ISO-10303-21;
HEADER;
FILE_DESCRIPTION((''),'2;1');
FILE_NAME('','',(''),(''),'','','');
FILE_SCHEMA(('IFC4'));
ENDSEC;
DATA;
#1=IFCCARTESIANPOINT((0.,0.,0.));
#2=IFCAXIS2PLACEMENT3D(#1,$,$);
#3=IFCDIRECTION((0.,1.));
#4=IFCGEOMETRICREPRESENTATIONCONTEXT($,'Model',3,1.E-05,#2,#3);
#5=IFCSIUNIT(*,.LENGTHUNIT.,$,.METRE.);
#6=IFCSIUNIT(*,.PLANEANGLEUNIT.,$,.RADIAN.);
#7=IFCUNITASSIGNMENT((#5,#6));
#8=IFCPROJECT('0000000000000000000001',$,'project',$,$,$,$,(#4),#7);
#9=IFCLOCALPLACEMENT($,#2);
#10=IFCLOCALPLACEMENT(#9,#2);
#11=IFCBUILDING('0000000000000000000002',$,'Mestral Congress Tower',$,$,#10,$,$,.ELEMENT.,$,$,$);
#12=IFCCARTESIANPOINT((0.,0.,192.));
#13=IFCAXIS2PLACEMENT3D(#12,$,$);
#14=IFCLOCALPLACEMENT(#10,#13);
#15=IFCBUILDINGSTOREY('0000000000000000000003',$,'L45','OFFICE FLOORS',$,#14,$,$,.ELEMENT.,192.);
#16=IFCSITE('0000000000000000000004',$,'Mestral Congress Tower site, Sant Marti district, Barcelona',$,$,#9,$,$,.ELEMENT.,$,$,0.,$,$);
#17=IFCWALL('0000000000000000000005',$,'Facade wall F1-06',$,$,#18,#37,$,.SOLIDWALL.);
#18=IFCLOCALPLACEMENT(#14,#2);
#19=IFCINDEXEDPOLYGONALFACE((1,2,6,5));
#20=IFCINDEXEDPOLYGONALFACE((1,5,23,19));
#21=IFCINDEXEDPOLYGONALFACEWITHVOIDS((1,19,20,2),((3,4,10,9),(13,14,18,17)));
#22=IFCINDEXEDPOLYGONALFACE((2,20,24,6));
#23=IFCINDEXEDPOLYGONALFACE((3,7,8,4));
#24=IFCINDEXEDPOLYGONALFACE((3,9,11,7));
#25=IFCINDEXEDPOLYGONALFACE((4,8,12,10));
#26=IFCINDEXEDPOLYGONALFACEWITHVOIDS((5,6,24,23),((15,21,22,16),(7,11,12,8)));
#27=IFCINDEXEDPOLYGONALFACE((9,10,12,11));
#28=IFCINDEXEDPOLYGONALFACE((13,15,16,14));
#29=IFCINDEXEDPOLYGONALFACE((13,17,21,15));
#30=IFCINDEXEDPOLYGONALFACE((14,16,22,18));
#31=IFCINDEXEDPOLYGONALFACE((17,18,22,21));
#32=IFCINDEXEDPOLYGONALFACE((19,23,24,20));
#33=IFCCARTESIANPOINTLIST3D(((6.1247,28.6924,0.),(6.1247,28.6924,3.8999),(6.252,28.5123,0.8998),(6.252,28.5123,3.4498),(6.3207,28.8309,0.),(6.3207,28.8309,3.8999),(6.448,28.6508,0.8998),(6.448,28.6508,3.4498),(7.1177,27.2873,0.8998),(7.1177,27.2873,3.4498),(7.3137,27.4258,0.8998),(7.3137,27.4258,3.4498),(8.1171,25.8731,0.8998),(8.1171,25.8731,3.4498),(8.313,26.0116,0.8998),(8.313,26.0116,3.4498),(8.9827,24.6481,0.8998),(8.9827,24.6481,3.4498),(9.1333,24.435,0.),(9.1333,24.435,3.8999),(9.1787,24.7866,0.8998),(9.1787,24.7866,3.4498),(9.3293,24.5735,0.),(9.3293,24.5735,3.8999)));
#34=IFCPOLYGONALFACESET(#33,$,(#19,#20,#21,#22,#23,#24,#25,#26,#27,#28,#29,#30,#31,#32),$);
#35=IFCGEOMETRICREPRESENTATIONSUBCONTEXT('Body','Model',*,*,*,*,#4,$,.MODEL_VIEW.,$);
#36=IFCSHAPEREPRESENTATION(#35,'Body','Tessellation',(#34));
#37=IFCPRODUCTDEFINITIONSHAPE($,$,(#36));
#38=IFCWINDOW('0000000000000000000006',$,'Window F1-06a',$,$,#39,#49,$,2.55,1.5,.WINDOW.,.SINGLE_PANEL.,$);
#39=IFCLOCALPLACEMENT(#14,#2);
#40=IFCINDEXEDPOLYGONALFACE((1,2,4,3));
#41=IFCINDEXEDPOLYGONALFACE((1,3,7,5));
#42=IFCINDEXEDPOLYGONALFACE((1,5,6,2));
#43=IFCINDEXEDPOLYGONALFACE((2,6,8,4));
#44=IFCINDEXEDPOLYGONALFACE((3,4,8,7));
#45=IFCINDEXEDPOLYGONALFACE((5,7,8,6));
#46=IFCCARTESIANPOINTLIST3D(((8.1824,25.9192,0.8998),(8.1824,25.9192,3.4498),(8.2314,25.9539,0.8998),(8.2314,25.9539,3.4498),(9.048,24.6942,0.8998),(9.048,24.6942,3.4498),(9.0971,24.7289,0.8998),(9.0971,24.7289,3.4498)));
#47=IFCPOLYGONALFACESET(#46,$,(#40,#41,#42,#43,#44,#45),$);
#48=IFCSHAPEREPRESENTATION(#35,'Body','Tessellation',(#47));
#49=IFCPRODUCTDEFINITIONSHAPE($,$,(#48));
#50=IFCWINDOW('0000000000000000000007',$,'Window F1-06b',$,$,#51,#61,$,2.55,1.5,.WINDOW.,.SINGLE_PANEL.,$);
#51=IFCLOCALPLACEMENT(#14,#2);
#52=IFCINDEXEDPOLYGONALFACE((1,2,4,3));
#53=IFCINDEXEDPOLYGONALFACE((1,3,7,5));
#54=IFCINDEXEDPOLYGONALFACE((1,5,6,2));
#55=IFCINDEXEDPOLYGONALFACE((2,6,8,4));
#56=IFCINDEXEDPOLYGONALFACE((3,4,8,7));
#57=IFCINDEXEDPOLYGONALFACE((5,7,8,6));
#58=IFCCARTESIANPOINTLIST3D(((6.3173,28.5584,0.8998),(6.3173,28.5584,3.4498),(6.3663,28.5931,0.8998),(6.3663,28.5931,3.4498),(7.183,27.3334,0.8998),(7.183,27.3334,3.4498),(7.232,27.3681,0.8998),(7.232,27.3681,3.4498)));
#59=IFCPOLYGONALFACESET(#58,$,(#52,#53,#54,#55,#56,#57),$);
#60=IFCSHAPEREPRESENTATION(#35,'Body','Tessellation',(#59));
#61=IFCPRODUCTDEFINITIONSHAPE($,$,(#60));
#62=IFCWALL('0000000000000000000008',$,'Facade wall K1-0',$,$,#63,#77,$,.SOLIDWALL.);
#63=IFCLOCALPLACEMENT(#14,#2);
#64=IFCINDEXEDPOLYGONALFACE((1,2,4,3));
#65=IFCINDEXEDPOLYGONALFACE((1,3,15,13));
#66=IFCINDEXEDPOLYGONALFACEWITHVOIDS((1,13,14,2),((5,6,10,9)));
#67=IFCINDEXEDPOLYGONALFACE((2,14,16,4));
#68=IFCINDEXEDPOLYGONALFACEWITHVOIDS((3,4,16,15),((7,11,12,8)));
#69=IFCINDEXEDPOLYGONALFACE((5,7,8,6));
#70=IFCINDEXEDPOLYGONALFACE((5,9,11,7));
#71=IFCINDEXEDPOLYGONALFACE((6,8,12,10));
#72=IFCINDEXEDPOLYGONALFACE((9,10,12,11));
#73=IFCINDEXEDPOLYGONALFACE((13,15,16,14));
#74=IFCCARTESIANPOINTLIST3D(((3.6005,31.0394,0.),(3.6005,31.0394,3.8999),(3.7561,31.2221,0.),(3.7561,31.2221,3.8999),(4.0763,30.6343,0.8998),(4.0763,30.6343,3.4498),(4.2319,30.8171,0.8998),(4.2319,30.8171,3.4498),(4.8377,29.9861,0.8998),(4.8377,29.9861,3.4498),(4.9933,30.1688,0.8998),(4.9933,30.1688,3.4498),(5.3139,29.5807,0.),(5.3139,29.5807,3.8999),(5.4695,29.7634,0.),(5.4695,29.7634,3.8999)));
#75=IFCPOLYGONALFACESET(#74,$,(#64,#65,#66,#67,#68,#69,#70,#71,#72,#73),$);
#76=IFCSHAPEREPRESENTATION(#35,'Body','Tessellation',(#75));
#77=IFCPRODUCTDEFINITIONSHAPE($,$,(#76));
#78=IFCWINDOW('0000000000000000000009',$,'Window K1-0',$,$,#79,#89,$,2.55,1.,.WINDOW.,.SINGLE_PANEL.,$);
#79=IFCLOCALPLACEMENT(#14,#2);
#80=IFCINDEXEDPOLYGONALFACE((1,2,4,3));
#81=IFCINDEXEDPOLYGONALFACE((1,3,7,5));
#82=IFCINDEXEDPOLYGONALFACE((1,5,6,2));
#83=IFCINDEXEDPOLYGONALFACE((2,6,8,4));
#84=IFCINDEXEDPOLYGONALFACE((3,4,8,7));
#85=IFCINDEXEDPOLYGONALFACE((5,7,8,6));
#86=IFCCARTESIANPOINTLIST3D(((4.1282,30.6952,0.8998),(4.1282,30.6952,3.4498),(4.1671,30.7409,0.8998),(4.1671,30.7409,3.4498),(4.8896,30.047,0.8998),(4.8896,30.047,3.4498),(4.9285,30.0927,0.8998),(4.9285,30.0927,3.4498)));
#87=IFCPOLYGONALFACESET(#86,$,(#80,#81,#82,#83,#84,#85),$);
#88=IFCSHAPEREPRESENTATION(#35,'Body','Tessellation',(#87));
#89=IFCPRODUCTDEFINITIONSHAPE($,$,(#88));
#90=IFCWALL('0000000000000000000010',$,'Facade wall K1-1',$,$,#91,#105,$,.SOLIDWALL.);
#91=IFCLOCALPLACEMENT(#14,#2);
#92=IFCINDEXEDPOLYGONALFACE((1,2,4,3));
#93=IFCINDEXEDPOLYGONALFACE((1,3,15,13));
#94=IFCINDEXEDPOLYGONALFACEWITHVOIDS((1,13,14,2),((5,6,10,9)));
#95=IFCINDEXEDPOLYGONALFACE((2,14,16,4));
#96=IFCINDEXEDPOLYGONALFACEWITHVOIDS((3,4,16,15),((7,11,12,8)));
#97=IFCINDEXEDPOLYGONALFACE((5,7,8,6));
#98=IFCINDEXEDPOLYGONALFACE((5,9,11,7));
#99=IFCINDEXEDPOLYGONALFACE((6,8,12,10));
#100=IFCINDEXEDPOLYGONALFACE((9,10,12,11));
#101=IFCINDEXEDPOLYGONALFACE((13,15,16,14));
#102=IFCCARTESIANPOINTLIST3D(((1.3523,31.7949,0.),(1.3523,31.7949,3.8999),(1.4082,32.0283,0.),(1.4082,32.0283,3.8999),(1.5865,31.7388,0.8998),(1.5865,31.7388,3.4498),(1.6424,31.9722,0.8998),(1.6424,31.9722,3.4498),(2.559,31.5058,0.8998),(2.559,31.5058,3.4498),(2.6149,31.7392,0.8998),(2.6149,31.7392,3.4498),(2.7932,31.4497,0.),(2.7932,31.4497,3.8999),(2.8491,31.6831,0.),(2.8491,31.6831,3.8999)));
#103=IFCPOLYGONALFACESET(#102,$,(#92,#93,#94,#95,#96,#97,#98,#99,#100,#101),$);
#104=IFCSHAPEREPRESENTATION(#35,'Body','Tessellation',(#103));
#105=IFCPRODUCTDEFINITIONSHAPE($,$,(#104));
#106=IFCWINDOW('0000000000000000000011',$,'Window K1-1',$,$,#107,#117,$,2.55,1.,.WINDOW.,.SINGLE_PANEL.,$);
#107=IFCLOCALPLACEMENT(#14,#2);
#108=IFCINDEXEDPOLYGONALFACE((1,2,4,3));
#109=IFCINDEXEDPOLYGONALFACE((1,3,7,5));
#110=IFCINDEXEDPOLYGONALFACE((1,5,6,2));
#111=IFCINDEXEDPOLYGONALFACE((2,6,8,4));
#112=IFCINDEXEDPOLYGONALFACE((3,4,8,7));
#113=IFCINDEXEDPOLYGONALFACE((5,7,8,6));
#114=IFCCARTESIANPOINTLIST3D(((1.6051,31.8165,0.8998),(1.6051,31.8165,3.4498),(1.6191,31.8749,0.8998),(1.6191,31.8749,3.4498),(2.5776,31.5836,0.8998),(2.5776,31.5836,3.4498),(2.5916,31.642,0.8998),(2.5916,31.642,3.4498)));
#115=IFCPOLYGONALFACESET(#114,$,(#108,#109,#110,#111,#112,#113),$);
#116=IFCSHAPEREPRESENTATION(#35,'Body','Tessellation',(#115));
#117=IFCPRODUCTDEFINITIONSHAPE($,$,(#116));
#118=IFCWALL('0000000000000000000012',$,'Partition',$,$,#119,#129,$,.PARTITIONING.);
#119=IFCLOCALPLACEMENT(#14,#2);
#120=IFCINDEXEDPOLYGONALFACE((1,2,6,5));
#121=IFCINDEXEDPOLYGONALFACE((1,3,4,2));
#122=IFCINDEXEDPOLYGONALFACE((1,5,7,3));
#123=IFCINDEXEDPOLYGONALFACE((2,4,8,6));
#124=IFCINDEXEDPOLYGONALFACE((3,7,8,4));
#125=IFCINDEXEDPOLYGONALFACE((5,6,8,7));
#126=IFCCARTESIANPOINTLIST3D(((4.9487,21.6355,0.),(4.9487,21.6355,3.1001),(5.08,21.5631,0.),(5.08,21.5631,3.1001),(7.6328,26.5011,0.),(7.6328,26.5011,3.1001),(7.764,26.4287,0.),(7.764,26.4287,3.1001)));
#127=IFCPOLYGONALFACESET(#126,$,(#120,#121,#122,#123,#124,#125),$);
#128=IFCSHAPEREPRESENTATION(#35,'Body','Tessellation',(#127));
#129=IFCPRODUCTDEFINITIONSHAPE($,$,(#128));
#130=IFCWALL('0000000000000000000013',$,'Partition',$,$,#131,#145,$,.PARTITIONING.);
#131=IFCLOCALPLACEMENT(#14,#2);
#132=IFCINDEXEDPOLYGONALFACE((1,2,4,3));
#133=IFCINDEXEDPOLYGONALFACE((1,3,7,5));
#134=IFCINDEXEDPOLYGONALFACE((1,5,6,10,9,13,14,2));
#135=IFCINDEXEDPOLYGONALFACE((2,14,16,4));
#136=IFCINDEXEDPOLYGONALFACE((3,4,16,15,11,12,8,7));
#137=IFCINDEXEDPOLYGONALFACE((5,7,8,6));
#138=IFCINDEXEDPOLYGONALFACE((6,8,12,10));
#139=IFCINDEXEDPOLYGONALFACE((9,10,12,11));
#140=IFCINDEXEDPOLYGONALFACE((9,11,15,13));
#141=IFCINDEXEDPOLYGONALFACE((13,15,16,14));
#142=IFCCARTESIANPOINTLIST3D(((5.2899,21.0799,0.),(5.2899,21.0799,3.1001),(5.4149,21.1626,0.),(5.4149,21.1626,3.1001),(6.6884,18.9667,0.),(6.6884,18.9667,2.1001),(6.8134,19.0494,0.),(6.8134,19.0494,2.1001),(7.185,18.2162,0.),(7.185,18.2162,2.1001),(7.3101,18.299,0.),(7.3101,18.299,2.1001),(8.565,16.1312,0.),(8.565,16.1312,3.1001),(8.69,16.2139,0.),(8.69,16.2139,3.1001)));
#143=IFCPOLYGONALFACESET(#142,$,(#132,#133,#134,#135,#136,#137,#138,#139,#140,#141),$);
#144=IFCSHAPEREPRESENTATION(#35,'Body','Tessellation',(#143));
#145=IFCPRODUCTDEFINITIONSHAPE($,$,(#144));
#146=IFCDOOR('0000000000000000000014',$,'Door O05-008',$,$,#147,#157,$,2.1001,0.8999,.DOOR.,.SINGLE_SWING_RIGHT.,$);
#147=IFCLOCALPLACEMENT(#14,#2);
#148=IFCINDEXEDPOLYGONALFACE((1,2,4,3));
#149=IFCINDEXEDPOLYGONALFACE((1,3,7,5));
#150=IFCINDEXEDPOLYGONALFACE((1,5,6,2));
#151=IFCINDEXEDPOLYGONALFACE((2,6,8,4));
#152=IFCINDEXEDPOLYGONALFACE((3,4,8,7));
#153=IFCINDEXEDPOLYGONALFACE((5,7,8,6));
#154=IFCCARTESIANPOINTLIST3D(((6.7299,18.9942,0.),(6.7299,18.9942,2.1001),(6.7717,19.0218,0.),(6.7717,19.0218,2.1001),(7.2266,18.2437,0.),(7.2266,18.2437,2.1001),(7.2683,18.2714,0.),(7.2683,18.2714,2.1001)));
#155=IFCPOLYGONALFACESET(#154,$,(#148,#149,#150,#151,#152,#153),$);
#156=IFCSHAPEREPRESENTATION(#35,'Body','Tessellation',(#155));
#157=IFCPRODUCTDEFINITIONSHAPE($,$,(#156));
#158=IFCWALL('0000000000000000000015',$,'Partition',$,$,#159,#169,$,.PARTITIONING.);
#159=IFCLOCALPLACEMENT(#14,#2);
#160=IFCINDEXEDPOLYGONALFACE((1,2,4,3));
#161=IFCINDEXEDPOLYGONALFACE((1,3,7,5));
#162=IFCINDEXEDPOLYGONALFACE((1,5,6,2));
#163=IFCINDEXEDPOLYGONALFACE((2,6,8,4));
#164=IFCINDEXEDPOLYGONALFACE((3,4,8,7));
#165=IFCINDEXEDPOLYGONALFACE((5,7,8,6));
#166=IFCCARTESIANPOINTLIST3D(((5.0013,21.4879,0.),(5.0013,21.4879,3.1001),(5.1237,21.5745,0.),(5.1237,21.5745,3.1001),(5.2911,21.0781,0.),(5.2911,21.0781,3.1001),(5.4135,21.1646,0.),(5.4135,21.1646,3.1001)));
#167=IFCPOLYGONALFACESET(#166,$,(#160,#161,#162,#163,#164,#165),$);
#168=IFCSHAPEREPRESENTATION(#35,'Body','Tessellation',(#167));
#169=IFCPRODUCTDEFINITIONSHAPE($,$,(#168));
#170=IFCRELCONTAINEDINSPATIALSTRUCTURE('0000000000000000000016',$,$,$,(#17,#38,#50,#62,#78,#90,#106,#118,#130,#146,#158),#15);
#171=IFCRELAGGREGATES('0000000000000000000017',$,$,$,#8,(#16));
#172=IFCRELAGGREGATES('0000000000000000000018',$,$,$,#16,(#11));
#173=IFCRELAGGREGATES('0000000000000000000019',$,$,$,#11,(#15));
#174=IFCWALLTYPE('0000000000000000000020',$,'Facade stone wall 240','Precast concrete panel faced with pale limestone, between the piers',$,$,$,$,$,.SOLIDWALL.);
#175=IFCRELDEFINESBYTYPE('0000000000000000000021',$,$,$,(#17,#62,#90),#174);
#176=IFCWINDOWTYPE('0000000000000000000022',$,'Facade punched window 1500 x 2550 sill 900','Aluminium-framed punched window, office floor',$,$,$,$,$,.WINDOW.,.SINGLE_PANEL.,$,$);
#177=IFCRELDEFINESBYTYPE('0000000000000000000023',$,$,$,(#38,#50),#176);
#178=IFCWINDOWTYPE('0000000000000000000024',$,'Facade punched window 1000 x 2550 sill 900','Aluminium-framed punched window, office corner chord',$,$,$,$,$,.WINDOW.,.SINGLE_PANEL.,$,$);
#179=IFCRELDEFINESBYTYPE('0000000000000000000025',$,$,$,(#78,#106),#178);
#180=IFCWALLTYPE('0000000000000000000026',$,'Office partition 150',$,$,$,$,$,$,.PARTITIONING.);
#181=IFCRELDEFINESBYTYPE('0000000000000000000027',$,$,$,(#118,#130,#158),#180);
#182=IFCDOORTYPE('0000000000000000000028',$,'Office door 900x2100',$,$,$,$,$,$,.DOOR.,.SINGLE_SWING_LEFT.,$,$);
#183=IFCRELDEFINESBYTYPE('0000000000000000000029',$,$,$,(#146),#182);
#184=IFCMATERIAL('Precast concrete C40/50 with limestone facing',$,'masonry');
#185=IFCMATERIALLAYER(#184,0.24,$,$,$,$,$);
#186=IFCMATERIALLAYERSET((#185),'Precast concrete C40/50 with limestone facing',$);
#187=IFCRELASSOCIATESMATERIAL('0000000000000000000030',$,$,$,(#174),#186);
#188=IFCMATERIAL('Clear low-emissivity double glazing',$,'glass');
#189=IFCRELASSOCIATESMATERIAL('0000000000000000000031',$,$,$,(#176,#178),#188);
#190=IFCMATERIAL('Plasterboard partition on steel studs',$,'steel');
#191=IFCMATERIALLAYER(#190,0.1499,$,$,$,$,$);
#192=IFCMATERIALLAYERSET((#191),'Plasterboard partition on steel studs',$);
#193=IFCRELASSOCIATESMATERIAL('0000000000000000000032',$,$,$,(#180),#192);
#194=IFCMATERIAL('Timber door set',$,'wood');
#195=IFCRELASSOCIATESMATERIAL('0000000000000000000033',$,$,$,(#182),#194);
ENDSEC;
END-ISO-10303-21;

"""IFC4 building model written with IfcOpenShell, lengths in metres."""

from ifc_helpers import new_model, si_unit, direction, frame, frame_2d, origin, place, context, subcontext, project, spatial, rectangle, extrude, material, layer, layer_set, type_object, element, fill, save


model = new_model("IFC4")

# Units and contexts
model_context = context("Model", 3, precision=1e-05, world=origin(), true_north=direction((0.0, 1.0)))
body_context = subcontext(model_context, "Body", "Model", "MODEL_VIEW")
ifc_project = project(units=[si_unit("LENGTHUNIT", "METRE"), si_unit("PLANEANGLEUNIT", "RADIAN")], contexts=[model_context])

# Site, building, storey
site_placement = place(None, origin())
site = spatial("IfcSite", under=ifc_project, at=site_placement, Name="Mestral Congress Tower site, Sant Marti district, Barcelona", CompositionType="ELEMENT", RefElevation=0.0)
building_placement = place(site_placement, origin())
building = spatial("IfcBuilding", under=site, at=building_placement, Name="Mestral Congress Tower", CompositionType="ELEMENT")
storey_placement = place(building_placement, frame((0.0, 0.0, 192.0)))
storey = spatial("IfcBuildingStorey", under=building, at=storey_placement, Name="L45", Description="OFFICE FLOORS", CompositionType="ELEMENT", Elevation=192.0)

# Wall, openings, windows
ifc_material_1 = material(Name="Precast concrete C40/50 with limestone facing", Category="masonry")
ifc_layer_1 = layer(ifc_material_1, 0.24)
ifc_layer_set_1 = layer_set([ifc_layer_1], Name="Precast concrete C40/50 with limestone facing")
wall_type_1 = type_object("IfcWallType", Name="Facade stone wall 240", Description="Precast concrete panel faced with pale limestone, between the piers", PredefinedType="SOLIDWALL", material=ifc_layer_set_1)
wall_1_placement = place(storey_placement, frame((9.2312, 24.5044, 0.0), z_axis=(0.0, 0.0, 1.0), x_axis=(-0.577115, 0.816663, 0.0)))
wall_1 = element("IfcWall", 1, at=wall_1_placement, inside=storey, type_object=wall_type_1, Name="Facade wall F1-06", PredefinedType="SOLIDWALL", context=body_context, shape_type="SweptSolid", body=[
    extrude(rectangle(XDim=5.2131, YDim=0.24, at=frame_2d((2.6064, 0.0))), origin(), (0.0, 0.0, 1.0), 3.8999),
])
opening_1_placement = place(wall_1_placement, frame((0.2607, 0.0, 0.8999)))
opening_1 = element("IfcOpeningElement", 2, at=opening_1_placement, cuts=wall_1, PredefinedType="OPENING", context=body_context, shape_type="SweptSolid", body=[
    extrude(rectangle(XDim=1.5, YDim=2.55, at=frame_2d((0.75, 1.2749))), frame((0.0, 0.1299, 0.0), z_axis=(0.0, -1.0, 0.0), x_axis=(1.0, 0.0, 0.0)), (0.0, 0.0, 1.0), 0.26),
])
opening_2_placement = place(wall_1_placement, frame((3.4924, 0.0, 0.8999)))
opening_2 = element("IfcOpeningElement", 3, at=opening_2_placement, cuts=wall_1, PredefinedType="OPENING", context=body_context, shape_type="SweptSolid", body=[
    extrude(rectangle(XDim=1.5, YDim=2.55, at=frame_2d((0.75, 1.2749))), frame((0.0, 0.1299, 0.0), z_axis=(0.0, -1.0, 0.0), x_axis=(1.0, 0.0, 0.0)), (0.0, 0.0, 1.0), 0.26),
])
ifc_material_2 = material(Name="Clear low-emissivity double glazing", Category="glass")
window_type_1 = type_object("IfcWindowType", Name="Facade punched window 1500 x 2550 sill 900", Description="Aluminium-framed punched window, office floor", PartitioningType="SINGLE_PANEL", PredefinedType="WINDOW", material=ifc_material_2)
window_1_placement = place(opening_1_placement, origin())
window_1 = element("IfcWindow", 4, at=window_1_placement, inside=storey, type_object=window_type_1, Name="Window F1-06a", OverallHeight=2.55, OverallWidth=1.5, PartitioningType="SINGLE_PANEL", PredefinedType="WINDOW", context=body_context, shape_type="SweptSolid", body=[
    extrude(rectangle(XDim=1.5, YDim=2.55, at=frame_2d((0.75, 1.2749))), frame((0.0, 0.04, 0.0), z_axis=(0.0, -1.0, 0.0), x_axis=(1.0, 0.0, 0.0)), (0.0, 0.0, 1.0), 0.0601),
])
fill(opening_1, window_1)
window_2_placement = place(opening_2_placement, origin())
window_2 = element("IfcWindow", 5, at=window_2_placement, inside=storey, type_object=window_type_1, Name="Window F1-06b", OverallHeight=2.55, OverallWidth=1.5, PartitioningType="SINGLE_PANEL", PredefinedType="WINDOW", context=body_context, shape_type="SweptSolid", body=[
    extrude(rectangle(XDim=1.5, YDim=2.55, at=frame_2d((0.75, 1.2749))), frame((0.0, 0.04, 0.0), z_axis=(0.0, -1.0, 0.0), x_axis=(1.0, 0.0, 0.0)), (0.0, 0.0, 1.0), 0.0601),
])
fill(opening_2, window_2)

# Walls, openings, windows
wall_2_placement = place(storey_placement, frame((5.3916, 29.6721, 0.0), z_axis=(0.0, 0.0, 1.0), x_axis=(-0.76142, 0.648259, 0.0)))
wall_2 = element("IfcWall", 6, at=wall_2_placement, inside=storey, type_object=wall_type_1, Name="Facade wall K1-0", PredefinedType="SOLIDWALL", context=body_context, shape_type="SweptSolid", body=[
    extrude(rectangle(XDim=2.2502, YDim=0.24, at=frame_2d((1.125, 0.0))), origin(), (0.0, 0.0, 1.0), 3.8999),
])
opening_3_placement = place(wall_2_placement, frame((0.6252, 0.0, 0.8999)))
opening_3 = element("IfcOpeningElement", 7, at=opening_3_placement, cuts=wall_2, PredefinedType="OPENING", context=body_context, shape_type="SweptSolid", body=[
    extrude(rectangle(XDim=1.0, YDim=2.55, at=frame_2d((0.5, 1.2749))), frame((0.0, 0.1299, 0.0), z_axis=(0.0, -1.0, 0.0), x_axis=(1.0, 0.0, 0.0)), (0.0, 0.0, 1.0), 0.26),
])
window_type_2 = type_object("IfcWindowType", Name="Facade punched window 1000 x 2550 sill 900", Description="Aluminium-framed punched window, office corner chord", PartitioningType="SINGLE_PANEL", PredefinedType="WINDOW", material=ifc_material_2)
window_3_placement = place(opening_3_placement, origin())
window_3 = element("IfcWindow", 8, at=window_3_placement, inside=storey, type_object=window_type_2, Name="Window K1-0", OverallHeight=2.55, OverallWidth=1.0, PartitioningType="SINGLE_PANEL", PredefinedType="WINDOW", context=body_context, shape_type="SweptSolid", body=[
    extrude(rectangle(XDim=1.0, YDim=2.55, at=frame_2d((0.5, 1.2749))), frame((0.0, 0.04, 0.0), z_axis=(0.0, -1.0, 0.0), x_axis=(1.0, 0.0, 0.0)), (0.0, 0.0, 1.0), 0.0601),
])
fill(opening_3, window_3)
wall_3_placement = place(storey_placement, frame((2.821, 31.5664, 0.0), z_axis=(0.0, 0.0, 1.0), x_axis=(-0.97248, 0.232987, 0.0)))
wall_3 = element("IfcWall", 9, at=wall_3_placement, inside=storey, type_object=wall_type_1, Name="Facade wall K1-1", PredefinedType="SOLIDWALL", context=body_context, shape_type="SweptSolid", body=[
    extrude(rectangle(XDim=1.4817, YDim=0.24, at=frame_2d((0.7407, 0.0))), origin(), (0.0, 0.0, 1.0), 3.8999),
])
opening_4_placement = place(wall_3_placement, frame((0.2407, 0.0, 0.8999)))
opening_4 = element("IfcOpeningElement", 10, at=opening_4_placement, cuts=wall_3, PredefinedType="OPENING", context=body_context, shape_type="SweptSolid", body=[
    extrude(rectangle(XDim=1.0, YDim=2.55, at=frame_2d((0.5, 1.2749))), frame((0.0, 0.1299, 0.0), z_axis=(0.0, -1.0, 0.0), x_axis=(1.0, 0.0, 0.0)), (0.0, 0.0, 1.0), 0.26),
])
window_4_placement = place(opening_4_placement, origin())
window_4 = element("IfcWindow", 11, at=window_4_placement, inside=storey, type_object=window_type_2, Name="Window K1-1", OverallHeight=2.55, OverallWidth=1.0, PartitioningType="SINGLE_PANEL", PredefinedType="WINDOW", context=body_context, shape_type="SweptSolid", body=[
    extrude(rectangle(XDim=1.0, YDim=2.55, at=frame_2d((0.5, 1.2749))), frame((0.0, 0.04, 0.0), z_axis=(0.0, -1.0, 0.0), x_axis=(1.0, 0.0, 0.0)), (0.0, 0.0, 1.0), 0.0601),
])
fill(opening_4, window_4)

# Wall
ifc_material_3 = material(Name="Plasterboard partition on steel studs", Category="steel")
ifc_layer_2 = layer(ifc_material_3, 0.1499)
ifc_layer_set_2 = layer_set([ifc_layer_2], Name="Plasterboard partition on steel studs")
wall_type_2 = type_object("IfcWallType", Name="Office partition 150", PredefinedType="PARTITIONING", material=ifc_layer_set_2)
wall_4_placement = place(storey_placement, frame((5.0144, 21.5994, 0.0), z_axis=(0.0, 0.0, 1.0), x_axis=(0.483015, 0.875612, 0.0)))
element("IfcWall", 12, at=wall_4_placement, inside=storey, type_object=wall_type_2, Name="Partition", PredefinedType="PARTITIONING", context=body_context, shape_type="SweptSolid", body=[
    extrude(rectangle(XDim=5.5569, YDim=0.1499, at=frame_2d((2.7783, 0.0))), origin(), (0.0, 0.0, 1.0), 3.1001),
])

# Wall, opening, door
wall_5_placement = place(storey_placement, frame((5.3523, 21.1213, 0.0), z_axis=(0.0, 0.0, 1.0), x_axis=(0.551896, -0.833913, 0.0)))
wall_5 = element("IfcWall", 13, at=wall_5_placement, inside=storey, type_object=wall_type_2, Name="Partition", PredefinedType="PARTITIONING", context=body_context, shape_type="SweptSolid", body=[
    extrude(rectangle(XDim=5.9343, YDim=0.1499, at=frame_2d((2.9673, 0.0))), origin(), (0.0, 0.0, 1.0), 3.1001),
])
opening_5_placement = place(wall_5_placement, frame((2.5342, 0.0, 0.0)))
opening_5 = element("IfcOpeningElement", 14, at=opening_5_placement, cuts=wall_5, PredefinedType="OPENING", context=body_context, shape_type="SweptSolid", body=[
    extrude(rectangle(XDim=0.8999, YDim=2.1001, at=frame_2d((0.45, 1.05))), frame((0.0, 0.085, 0.0), z_axis=(0.0, -1.0, 0.0), x_axis=(1.0, 0.0, 0.0)), (0.0, 0.0, 1.0), 0.1699),
])
ifc_material_4 = material(Name="Timber door set", Category="wood")
door_type = type_object("IfcDoorType", Name="Office door 900x2100", OperationType="SINGLE_SWING_LEFT", PredefinedType="DOOR", material=ifc_material_4)
door_1_placement = place(opening_5_placement, origin())
door_1 = element("IfcDoor", 15, at=door_1_placement, inside=storey, type_object=door_type, Name="Door O05-008", OperationType="SINGLE_SWING_RIGHT", OverallHeight=2.1001, OverallWidth=0.8999, PredefinedType="DOOR", context=body_context, shape_type="SweptSolid", body=[
    extrude(rectangle(XDim=0.8999, YDim=2.1001, at=frame_2d((0.45, 1.05))), frame((0.0, 0.0249, 0.0), z_axis=(0.0, -1.0, 0.0), x_axis=(1.0, 0.0, 0.0)), (0.0, 0.0, 1.0), 0.05),
])
fill(opening_5, door_1)

# Wall
wall_6_placement = place(storey_placement, frame((5.3523, 21.1213, 0.0), z_axis=(0.0, 0.0, 1.0), x_axis=(-0.577275, 0.81655, 0.0)))
element("IfcWall", 16, at=wall_6_placement, inside=storey, type_object=wall_type_2, Name="Partition", PredefinedType="PARTITIONING", context=body_context, shape_type="SweptSolid", body=[
    extrude(rectangle(XDim=0.502, YDim=0.1499, at=frame_2d((0.251, 0.0))), origin(), (0.0, 0.0, 1.0), 3.1001),
])

save(model, "model.ifc")
